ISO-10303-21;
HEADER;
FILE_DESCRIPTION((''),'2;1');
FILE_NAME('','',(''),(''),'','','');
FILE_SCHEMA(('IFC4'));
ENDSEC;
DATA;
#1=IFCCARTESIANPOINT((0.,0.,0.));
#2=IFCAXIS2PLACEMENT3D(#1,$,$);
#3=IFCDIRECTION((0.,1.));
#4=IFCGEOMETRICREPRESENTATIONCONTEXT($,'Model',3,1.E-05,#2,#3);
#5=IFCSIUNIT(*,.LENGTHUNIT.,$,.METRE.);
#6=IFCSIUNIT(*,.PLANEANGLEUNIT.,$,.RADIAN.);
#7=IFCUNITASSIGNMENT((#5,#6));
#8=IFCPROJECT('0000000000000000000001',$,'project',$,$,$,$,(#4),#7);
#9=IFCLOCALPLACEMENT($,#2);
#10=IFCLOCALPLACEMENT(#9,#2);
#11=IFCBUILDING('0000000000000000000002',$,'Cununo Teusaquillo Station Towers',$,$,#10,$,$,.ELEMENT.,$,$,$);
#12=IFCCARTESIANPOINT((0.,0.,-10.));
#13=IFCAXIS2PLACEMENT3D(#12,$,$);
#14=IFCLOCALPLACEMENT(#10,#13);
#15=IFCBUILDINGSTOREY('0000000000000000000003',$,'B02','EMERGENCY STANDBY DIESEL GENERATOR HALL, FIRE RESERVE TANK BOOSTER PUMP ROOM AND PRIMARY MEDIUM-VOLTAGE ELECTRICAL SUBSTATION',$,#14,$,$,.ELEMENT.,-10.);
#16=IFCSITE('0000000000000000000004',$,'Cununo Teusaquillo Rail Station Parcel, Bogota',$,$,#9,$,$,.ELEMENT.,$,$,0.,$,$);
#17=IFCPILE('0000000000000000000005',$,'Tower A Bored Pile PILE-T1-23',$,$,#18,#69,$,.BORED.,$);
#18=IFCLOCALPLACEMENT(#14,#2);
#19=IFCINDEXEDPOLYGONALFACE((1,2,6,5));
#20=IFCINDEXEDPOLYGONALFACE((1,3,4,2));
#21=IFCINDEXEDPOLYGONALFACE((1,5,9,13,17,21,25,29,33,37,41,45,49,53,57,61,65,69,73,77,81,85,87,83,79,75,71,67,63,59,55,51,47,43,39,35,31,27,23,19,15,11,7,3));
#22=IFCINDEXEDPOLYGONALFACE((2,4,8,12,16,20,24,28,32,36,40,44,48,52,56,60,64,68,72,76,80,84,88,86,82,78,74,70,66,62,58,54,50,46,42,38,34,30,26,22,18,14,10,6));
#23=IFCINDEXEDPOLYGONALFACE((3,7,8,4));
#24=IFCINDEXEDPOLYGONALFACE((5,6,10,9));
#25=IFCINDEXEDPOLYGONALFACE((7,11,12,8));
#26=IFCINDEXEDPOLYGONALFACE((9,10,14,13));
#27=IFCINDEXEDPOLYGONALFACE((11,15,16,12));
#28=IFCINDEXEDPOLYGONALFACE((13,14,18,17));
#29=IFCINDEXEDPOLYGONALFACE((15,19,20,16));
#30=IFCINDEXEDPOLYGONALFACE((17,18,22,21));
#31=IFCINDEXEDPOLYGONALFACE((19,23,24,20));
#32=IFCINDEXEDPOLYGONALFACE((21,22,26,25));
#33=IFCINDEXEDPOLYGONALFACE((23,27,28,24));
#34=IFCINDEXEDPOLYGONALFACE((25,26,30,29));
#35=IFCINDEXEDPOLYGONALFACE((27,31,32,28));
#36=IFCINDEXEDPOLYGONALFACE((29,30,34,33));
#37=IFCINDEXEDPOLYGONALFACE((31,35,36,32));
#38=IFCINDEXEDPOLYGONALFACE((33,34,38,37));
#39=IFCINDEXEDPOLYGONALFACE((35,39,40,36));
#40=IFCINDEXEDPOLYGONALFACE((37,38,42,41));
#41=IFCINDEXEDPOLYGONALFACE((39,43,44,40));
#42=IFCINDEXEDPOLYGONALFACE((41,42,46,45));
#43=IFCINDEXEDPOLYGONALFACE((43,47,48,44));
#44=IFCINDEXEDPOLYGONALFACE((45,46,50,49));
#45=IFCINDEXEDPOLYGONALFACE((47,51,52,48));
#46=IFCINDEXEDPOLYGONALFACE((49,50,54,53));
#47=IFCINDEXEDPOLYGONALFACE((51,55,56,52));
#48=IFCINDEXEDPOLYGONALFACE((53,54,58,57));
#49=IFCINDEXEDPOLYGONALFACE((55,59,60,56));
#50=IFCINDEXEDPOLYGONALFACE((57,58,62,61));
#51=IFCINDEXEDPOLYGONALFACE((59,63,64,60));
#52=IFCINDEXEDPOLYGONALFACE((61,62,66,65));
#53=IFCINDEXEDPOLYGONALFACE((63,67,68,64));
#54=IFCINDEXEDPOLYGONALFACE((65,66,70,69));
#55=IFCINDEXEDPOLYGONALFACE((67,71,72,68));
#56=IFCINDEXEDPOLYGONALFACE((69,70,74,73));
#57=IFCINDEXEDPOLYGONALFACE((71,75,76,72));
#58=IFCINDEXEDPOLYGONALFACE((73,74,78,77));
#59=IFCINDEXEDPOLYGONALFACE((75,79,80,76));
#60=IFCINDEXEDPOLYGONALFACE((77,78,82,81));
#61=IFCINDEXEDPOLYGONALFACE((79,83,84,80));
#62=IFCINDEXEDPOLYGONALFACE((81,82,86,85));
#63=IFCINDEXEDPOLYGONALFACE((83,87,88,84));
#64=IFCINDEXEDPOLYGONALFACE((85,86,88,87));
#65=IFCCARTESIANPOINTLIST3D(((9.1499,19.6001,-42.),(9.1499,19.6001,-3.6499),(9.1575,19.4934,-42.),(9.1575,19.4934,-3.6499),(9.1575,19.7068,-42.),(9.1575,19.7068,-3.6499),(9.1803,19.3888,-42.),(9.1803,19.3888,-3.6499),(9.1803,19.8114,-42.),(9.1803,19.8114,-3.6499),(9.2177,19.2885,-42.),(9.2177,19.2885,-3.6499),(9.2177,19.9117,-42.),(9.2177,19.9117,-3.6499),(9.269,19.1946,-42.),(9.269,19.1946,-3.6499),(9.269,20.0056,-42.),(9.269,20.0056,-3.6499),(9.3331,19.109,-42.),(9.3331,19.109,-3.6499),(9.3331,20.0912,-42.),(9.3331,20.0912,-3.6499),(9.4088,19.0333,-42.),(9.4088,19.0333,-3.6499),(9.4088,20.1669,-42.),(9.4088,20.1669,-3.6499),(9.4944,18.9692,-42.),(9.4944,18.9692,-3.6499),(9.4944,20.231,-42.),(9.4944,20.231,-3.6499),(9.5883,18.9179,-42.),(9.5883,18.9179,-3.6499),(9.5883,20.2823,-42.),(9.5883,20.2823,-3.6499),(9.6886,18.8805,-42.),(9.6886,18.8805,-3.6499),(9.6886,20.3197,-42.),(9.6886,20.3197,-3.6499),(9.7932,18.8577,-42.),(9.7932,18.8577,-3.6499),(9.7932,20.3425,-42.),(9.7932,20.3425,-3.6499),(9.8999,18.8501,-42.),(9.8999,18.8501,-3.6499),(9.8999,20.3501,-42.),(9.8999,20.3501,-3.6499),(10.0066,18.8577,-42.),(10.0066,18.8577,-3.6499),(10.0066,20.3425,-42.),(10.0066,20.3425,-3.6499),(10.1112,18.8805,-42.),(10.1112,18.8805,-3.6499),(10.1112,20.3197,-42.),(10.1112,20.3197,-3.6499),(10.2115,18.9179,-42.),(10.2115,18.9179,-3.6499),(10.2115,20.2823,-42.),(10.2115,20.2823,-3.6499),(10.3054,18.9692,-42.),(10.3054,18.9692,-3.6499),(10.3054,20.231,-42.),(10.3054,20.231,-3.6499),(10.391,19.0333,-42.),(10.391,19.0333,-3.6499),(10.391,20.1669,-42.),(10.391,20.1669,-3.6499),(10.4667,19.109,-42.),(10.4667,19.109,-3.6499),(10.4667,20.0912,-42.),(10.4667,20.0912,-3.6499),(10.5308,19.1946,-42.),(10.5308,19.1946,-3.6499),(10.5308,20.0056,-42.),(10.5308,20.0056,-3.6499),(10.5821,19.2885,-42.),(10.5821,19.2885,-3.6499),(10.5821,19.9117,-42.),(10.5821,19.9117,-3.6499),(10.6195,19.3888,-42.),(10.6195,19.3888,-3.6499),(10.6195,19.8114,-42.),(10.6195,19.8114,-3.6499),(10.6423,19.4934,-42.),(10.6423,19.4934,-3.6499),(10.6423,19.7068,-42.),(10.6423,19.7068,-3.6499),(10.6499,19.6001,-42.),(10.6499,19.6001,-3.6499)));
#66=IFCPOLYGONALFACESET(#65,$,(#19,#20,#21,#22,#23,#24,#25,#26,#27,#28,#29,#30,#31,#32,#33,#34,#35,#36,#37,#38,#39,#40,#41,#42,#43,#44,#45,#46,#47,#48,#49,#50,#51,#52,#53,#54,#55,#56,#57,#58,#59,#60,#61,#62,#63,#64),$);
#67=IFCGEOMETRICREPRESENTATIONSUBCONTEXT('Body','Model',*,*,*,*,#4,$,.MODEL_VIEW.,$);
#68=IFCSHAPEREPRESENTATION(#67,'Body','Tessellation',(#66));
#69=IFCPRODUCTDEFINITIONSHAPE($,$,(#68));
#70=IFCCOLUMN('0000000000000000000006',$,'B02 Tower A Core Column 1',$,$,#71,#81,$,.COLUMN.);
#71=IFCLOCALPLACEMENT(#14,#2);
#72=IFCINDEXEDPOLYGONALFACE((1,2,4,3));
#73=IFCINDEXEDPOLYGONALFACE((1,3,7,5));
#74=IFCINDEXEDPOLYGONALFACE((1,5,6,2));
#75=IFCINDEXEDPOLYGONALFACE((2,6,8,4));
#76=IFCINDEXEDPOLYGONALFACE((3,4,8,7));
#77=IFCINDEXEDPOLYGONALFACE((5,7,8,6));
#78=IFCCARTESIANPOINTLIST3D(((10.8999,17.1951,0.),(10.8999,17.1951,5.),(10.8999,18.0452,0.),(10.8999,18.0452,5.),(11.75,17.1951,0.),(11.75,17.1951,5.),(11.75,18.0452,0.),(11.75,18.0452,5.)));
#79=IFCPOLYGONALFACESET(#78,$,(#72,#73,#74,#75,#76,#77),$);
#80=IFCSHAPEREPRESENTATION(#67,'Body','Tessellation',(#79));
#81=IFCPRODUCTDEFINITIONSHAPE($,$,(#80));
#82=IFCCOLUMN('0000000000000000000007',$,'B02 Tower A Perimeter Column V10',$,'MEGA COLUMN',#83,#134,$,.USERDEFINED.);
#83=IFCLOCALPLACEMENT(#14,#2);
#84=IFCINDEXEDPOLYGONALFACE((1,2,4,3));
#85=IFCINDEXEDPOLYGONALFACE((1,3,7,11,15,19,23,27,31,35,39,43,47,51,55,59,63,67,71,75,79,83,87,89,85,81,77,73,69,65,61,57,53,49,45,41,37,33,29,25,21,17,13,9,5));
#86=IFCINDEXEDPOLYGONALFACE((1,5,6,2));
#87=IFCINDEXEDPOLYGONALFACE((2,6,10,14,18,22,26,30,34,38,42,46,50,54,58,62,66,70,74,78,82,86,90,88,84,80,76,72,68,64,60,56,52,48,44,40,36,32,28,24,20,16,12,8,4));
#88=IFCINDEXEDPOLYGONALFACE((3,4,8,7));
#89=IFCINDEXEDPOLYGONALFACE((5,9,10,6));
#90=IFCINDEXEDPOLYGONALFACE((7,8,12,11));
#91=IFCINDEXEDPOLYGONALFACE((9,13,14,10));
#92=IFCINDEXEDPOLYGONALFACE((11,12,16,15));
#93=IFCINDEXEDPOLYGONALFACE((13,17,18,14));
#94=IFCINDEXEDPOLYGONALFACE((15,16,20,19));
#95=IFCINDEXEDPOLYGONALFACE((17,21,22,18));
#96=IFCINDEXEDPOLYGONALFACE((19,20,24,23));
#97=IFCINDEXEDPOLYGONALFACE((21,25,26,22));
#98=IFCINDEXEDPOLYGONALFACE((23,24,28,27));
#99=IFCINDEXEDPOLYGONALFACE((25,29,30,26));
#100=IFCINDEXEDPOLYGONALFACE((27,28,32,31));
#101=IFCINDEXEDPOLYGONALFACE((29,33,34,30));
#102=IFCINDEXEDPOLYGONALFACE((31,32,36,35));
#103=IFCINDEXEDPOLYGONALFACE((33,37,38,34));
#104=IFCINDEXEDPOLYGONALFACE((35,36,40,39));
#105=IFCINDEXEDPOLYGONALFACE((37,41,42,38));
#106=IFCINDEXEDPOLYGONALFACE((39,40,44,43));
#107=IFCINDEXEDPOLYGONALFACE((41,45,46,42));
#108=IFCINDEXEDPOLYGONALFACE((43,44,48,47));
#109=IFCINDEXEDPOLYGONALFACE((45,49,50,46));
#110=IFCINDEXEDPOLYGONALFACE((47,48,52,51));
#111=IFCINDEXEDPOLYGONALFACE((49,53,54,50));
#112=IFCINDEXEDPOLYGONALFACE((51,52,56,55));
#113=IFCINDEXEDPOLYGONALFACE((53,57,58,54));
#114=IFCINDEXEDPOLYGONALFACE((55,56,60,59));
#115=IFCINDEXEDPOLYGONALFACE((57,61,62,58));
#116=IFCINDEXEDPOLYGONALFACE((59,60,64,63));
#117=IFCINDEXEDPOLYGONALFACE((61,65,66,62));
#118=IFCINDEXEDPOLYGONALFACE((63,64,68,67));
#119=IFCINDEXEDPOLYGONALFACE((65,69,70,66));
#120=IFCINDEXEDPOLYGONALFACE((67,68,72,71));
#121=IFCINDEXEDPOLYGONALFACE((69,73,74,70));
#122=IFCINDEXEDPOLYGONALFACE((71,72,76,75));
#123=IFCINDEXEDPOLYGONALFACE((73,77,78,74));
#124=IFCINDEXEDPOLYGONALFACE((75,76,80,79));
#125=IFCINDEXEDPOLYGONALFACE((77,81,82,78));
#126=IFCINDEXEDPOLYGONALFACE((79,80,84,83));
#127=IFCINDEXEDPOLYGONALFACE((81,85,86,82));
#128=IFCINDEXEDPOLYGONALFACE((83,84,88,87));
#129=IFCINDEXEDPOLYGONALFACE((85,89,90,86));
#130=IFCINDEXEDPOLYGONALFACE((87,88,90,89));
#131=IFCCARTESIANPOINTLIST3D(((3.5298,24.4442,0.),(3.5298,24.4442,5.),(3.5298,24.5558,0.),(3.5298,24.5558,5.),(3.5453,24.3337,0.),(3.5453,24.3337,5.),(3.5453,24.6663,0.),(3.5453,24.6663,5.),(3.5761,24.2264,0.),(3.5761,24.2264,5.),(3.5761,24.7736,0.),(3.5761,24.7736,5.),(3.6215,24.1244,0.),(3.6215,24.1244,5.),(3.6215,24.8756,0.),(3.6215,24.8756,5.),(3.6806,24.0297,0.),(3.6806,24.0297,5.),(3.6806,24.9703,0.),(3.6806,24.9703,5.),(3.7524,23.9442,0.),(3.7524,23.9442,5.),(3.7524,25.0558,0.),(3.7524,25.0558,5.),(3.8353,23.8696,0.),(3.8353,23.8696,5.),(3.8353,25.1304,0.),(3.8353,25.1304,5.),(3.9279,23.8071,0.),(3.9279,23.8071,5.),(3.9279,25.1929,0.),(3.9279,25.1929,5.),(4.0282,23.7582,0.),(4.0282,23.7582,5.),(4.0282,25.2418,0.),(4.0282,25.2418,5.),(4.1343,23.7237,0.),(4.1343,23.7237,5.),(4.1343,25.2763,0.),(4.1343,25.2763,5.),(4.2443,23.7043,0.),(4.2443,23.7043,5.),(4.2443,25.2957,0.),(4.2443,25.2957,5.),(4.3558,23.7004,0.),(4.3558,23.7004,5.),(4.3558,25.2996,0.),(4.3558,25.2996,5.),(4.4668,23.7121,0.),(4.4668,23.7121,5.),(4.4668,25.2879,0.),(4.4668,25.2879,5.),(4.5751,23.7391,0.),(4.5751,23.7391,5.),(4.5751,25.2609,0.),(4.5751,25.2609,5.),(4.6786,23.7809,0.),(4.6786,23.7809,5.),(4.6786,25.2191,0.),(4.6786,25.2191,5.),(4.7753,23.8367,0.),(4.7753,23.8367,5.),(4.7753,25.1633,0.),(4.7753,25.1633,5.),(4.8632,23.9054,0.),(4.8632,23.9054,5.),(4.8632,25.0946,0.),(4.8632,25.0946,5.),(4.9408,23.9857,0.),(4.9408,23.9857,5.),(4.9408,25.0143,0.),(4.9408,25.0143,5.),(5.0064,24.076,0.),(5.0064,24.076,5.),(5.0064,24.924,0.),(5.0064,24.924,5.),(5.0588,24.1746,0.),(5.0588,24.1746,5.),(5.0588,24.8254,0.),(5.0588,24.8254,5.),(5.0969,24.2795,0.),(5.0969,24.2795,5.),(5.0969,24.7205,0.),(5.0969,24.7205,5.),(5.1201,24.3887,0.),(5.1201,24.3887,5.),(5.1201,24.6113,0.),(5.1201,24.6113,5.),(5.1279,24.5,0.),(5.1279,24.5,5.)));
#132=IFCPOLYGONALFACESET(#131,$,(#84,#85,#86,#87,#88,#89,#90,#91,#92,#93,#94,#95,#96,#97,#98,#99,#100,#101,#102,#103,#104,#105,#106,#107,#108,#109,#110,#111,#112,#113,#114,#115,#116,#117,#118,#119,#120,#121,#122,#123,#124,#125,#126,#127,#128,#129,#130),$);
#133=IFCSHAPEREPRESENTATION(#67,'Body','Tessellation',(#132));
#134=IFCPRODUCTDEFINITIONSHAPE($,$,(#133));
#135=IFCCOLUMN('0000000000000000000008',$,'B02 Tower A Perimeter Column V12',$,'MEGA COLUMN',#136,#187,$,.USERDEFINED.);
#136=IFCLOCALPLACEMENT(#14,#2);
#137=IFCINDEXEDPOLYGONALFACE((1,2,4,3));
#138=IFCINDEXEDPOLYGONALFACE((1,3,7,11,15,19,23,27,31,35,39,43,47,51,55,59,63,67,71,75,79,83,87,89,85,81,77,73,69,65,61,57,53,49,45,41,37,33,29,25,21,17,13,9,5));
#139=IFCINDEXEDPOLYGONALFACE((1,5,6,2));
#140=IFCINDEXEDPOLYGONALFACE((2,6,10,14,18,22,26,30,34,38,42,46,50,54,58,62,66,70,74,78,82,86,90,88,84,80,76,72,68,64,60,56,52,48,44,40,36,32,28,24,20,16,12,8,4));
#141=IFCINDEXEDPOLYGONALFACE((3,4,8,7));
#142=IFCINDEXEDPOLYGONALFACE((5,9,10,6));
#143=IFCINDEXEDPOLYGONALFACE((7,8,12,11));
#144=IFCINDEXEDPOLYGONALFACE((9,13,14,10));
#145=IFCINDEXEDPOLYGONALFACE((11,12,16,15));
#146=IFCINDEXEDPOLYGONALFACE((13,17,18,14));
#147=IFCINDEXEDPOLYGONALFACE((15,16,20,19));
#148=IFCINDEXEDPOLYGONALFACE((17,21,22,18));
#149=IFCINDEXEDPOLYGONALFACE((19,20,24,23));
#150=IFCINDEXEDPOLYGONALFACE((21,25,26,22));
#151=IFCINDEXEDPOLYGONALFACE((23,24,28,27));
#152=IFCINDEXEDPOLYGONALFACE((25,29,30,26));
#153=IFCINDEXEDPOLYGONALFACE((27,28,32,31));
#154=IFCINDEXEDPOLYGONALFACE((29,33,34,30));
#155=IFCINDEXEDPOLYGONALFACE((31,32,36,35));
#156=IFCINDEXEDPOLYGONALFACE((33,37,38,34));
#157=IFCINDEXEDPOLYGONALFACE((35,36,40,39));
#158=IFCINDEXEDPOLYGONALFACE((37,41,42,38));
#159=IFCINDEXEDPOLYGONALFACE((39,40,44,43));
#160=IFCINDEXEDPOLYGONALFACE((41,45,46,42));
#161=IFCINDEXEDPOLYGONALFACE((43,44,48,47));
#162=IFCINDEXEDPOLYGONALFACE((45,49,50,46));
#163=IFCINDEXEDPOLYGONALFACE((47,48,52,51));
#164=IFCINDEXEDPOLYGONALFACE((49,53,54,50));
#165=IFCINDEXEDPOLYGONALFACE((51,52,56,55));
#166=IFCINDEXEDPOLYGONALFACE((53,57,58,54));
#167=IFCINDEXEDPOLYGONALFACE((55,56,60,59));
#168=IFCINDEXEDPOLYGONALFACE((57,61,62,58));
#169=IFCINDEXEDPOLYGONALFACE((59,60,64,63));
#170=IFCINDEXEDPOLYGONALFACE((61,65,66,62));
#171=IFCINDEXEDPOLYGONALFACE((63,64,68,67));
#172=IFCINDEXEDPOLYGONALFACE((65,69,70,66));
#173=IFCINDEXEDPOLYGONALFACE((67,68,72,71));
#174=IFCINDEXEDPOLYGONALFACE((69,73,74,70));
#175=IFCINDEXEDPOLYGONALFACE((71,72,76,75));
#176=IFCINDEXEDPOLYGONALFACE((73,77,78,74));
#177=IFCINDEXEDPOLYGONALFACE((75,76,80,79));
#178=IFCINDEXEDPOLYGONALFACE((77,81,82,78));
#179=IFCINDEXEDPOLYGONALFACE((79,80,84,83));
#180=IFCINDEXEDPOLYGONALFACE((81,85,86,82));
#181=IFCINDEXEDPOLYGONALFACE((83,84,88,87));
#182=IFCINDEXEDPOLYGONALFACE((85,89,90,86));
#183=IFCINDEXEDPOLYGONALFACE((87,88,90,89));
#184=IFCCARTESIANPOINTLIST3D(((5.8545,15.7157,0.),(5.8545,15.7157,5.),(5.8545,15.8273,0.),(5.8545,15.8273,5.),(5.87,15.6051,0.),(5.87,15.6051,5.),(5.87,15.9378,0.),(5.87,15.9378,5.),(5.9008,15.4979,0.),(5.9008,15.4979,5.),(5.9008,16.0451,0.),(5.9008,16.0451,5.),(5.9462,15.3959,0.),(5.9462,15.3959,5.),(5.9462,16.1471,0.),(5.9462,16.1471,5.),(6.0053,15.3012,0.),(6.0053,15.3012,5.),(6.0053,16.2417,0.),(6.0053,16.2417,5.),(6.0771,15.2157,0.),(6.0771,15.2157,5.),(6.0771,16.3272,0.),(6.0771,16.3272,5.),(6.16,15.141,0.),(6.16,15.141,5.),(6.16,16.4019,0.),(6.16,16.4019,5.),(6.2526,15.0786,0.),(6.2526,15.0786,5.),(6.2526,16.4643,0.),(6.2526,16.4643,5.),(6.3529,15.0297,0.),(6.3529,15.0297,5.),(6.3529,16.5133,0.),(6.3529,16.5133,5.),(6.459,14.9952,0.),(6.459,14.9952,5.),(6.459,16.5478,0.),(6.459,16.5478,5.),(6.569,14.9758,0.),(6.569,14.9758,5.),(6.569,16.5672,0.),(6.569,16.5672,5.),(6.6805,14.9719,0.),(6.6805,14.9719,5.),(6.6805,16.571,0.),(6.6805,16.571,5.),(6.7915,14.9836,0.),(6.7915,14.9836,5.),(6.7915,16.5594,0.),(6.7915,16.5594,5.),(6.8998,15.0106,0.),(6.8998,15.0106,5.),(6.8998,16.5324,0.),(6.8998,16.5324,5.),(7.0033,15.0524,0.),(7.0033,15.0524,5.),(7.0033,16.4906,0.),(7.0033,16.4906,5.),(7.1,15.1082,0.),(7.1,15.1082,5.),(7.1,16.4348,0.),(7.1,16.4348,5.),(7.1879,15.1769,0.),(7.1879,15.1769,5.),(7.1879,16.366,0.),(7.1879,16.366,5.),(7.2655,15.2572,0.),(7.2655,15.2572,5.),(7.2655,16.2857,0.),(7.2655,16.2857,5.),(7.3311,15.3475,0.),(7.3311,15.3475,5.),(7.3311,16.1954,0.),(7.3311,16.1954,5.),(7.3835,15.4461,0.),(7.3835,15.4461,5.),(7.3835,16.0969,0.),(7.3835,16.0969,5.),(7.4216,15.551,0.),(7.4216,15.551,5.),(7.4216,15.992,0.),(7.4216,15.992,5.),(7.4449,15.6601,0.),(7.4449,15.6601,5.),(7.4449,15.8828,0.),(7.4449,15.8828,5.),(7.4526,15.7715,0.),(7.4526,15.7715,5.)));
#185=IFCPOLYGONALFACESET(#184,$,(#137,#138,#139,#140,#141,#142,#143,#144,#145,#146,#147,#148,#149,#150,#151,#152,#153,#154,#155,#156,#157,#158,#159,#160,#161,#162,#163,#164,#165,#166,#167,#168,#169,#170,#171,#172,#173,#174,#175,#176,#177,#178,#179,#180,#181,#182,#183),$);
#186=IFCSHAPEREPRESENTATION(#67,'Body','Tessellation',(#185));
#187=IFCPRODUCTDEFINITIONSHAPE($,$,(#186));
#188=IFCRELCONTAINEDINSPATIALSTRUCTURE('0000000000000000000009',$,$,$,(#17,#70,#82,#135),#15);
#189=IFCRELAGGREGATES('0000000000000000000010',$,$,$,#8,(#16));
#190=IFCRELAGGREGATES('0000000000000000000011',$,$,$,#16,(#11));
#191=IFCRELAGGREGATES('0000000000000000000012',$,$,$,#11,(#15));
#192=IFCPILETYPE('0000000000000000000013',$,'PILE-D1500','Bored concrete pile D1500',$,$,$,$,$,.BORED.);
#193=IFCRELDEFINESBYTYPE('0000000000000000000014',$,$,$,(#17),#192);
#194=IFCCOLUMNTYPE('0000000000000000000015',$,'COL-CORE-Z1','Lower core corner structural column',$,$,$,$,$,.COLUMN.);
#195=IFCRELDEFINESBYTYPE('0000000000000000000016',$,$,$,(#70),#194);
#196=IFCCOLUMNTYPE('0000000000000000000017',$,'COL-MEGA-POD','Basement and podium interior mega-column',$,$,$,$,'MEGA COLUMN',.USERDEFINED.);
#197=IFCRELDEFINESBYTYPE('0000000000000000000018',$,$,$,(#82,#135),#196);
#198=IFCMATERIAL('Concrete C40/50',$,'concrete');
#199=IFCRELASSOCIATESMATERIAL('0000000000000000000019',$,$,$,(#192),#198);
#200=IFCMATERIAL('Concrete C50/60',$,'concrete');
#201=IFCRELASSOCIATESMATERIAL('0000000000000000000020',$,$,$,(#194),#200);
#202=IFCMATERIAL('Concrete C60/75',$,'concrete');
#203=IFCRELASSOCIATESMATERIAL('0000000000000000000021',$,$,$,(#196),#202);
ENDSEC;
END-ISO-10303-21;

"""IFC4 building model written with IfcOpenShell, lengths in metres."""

from ifc_helpers import new_model, si_unit, direction, frame, origin, origin_2d, place, context, subcontext, project, spatial, rectangle, circle, extrude, material, material_profile, profile_set, type_object, element, save


model = new_model("IFC4")

# Units and contexts
model_context = context("Model", 3, precision=1e-05, world=origin(), true_north=direction((0.0, 1.0)))
body_context = subcontext(model_context, "Body", "Model", "MODEL_VIEW")
ifc_project = project(units=[si_unit("LENGTHUNIT", "METRE"), si_unit("PLANEANGLEUNIT", "RADIAN")], contexts=[model_context])

# Site, building, storey
site_placement = place(None, origin())
site = spatial("IfcSite", under=ifc_project, at=site_placement, Name="Cununo Teusaquillo Rail Station Parcel, Bogota", CompositionType="ELEMENT", RefElevation=0.0)
building_placement = place(site_placement, origin())
building = spatial("IfcBuilding", under=site, at=building_placement, Name="Cununo Teusaquillo Station Towers", CompositionType="ELEMENT")
storey_placement = place(building_placement, frame((0.0, 0.0, -10.0)))
storey = spatial("IfcBuildingStorey", under=building, at=storey_placement, Name="B02", Description="EMERGENCY STANDBY DIESEL GENERATOR HALL, FIRE RESERVE TANK BOOSTER PUMP ROOM AND PRIMARY MEDIUM-VOLTAGE ELECTRICAL SUBSTATION", CompositionType="ELEMENT", Elevation=-10.0)

# Pile
ifc_material_1 = material(Name="Concrete C40/50", Category="concrete")
ifc_material_profile_1 = material_profile(ifc_material_1, circle(Radius=0.75, at=origin_2d()), Name="PILE-BORED-1500")
ifc_profile_set_1 = profile_set([ifc_material_profile_1], Name="Concrete C40/50")
pile_type = type_object("IfcPileType", Name="PILE-D1500", Description="Bored concrete pile D1500", PredefinedType="BORED", material=ifc_profile_set_1)
for number, where, z_axis, x_axis, name in (
    (1, (9.8999, 19.6001, -3.6499), (0.0, 0.0, -1.0), (1.0, 0.0, 0.0), "Tower A Bored Pile PILE-T1-23"),
):
    element("IfcPile", number, at=place(storey_placement, frame(where, z_axis=z_axis, x_axis=x_axis)), inside=storey, type_object=pile_type, Name=name, PredefinedType="BORED", context=body_context, shape_type="SweptSolid", body=[
        extrude(circle(Radius=0.75, at=origin_2d()), origin(), (0.0, 0.0, 1.0), 38.3501),
    ])

# Columns
ifc_material_2 = material(Name="Concrete C50/60", Category="concrete")
ifc_material_profile_2 = material_profile(ifc_material_2, rectangle(XDim=0.8501, YDim=0.8501, at=origin_2d()), Name="RC-RECT-850x850")
ifc_profile_set_2 = profile_set([ifc_material_profile_2], Name="Concrete C50/60")
column_type_1 = type_object("IfcColumnType", Name="COL-CORE-Z1", Description="Lower core corner structural column", PredefinedType="COLUMN", material=ifc_profile_set_2)
column_placement = place(storey_placement, frame((11.325, 17.6201, 0.0), z_axis=(0.0, 0.0, 1.0), x_axis=(1.0, 0.0, 0.0)))
element("IfcColumn", 2, at=column_placement, inside=storey, type_object=column_type_1, Name="B02 Tower A Core Column 1", PredefinedType="COLUMN", context=body_context, shape_type="SweptSolid", body=[
    extrude(rectangle(XDim=0.8501, YDim=0.8501, at=origin_2d()), origin(), (0.0, 0.0, 1.0), 5.0),
])
ifc_material_3 = material(Name="Concrete C60/75", Category="concrete")
ifc_material_profile_3 = material_profile(ifc_material_3, circle(Radius=0.8, at=origin_2d()), Name="RC-CIRC-1600")
ifc_profile_set_3 = profile_set([ifc_material_profile_3], Name="Concrete C60/75")
column_type_2 = type_object("IfcColumnType", Name="COL-MEGA-POD", Description="Basement and podium interior mega-column", ElementType="MEGA COLUMN", PredefinedType="USERDEFINED", material=ifc_profile_set_3)
for number, where, z_axis, x_axis, name in (
    (3, (4.3279, 24.5, 0.0), (0.0, 0.0, 1.0), (1.0, 0.0, 0.0), "B02 Tower A Perimeter Column V10"),
    (4, (6.6526, 15.7715, 0.0), (0.0, 0.0, 1.0), (1.0, 0.0, 0.0), "B02 Tower A Perimeter Column V12"),
):
    element("IfcColumn", number, at=place(storey_placement, frame(where, z_axis=z_axis, x_axis=x_axis)), inside=storey, type_object=column_type_2, Name=name, ObjectType="MEGA COLUMN", PredefinedType="USERDEFINED", context=body_context, shape_type="SweptSolid", body=[
        extrude(circle(Radius=0.8, at=origin_2d()), origin(), (0.0, 0.0, 1.0), 5.0),
    ])

save(model, "model.ifc")
